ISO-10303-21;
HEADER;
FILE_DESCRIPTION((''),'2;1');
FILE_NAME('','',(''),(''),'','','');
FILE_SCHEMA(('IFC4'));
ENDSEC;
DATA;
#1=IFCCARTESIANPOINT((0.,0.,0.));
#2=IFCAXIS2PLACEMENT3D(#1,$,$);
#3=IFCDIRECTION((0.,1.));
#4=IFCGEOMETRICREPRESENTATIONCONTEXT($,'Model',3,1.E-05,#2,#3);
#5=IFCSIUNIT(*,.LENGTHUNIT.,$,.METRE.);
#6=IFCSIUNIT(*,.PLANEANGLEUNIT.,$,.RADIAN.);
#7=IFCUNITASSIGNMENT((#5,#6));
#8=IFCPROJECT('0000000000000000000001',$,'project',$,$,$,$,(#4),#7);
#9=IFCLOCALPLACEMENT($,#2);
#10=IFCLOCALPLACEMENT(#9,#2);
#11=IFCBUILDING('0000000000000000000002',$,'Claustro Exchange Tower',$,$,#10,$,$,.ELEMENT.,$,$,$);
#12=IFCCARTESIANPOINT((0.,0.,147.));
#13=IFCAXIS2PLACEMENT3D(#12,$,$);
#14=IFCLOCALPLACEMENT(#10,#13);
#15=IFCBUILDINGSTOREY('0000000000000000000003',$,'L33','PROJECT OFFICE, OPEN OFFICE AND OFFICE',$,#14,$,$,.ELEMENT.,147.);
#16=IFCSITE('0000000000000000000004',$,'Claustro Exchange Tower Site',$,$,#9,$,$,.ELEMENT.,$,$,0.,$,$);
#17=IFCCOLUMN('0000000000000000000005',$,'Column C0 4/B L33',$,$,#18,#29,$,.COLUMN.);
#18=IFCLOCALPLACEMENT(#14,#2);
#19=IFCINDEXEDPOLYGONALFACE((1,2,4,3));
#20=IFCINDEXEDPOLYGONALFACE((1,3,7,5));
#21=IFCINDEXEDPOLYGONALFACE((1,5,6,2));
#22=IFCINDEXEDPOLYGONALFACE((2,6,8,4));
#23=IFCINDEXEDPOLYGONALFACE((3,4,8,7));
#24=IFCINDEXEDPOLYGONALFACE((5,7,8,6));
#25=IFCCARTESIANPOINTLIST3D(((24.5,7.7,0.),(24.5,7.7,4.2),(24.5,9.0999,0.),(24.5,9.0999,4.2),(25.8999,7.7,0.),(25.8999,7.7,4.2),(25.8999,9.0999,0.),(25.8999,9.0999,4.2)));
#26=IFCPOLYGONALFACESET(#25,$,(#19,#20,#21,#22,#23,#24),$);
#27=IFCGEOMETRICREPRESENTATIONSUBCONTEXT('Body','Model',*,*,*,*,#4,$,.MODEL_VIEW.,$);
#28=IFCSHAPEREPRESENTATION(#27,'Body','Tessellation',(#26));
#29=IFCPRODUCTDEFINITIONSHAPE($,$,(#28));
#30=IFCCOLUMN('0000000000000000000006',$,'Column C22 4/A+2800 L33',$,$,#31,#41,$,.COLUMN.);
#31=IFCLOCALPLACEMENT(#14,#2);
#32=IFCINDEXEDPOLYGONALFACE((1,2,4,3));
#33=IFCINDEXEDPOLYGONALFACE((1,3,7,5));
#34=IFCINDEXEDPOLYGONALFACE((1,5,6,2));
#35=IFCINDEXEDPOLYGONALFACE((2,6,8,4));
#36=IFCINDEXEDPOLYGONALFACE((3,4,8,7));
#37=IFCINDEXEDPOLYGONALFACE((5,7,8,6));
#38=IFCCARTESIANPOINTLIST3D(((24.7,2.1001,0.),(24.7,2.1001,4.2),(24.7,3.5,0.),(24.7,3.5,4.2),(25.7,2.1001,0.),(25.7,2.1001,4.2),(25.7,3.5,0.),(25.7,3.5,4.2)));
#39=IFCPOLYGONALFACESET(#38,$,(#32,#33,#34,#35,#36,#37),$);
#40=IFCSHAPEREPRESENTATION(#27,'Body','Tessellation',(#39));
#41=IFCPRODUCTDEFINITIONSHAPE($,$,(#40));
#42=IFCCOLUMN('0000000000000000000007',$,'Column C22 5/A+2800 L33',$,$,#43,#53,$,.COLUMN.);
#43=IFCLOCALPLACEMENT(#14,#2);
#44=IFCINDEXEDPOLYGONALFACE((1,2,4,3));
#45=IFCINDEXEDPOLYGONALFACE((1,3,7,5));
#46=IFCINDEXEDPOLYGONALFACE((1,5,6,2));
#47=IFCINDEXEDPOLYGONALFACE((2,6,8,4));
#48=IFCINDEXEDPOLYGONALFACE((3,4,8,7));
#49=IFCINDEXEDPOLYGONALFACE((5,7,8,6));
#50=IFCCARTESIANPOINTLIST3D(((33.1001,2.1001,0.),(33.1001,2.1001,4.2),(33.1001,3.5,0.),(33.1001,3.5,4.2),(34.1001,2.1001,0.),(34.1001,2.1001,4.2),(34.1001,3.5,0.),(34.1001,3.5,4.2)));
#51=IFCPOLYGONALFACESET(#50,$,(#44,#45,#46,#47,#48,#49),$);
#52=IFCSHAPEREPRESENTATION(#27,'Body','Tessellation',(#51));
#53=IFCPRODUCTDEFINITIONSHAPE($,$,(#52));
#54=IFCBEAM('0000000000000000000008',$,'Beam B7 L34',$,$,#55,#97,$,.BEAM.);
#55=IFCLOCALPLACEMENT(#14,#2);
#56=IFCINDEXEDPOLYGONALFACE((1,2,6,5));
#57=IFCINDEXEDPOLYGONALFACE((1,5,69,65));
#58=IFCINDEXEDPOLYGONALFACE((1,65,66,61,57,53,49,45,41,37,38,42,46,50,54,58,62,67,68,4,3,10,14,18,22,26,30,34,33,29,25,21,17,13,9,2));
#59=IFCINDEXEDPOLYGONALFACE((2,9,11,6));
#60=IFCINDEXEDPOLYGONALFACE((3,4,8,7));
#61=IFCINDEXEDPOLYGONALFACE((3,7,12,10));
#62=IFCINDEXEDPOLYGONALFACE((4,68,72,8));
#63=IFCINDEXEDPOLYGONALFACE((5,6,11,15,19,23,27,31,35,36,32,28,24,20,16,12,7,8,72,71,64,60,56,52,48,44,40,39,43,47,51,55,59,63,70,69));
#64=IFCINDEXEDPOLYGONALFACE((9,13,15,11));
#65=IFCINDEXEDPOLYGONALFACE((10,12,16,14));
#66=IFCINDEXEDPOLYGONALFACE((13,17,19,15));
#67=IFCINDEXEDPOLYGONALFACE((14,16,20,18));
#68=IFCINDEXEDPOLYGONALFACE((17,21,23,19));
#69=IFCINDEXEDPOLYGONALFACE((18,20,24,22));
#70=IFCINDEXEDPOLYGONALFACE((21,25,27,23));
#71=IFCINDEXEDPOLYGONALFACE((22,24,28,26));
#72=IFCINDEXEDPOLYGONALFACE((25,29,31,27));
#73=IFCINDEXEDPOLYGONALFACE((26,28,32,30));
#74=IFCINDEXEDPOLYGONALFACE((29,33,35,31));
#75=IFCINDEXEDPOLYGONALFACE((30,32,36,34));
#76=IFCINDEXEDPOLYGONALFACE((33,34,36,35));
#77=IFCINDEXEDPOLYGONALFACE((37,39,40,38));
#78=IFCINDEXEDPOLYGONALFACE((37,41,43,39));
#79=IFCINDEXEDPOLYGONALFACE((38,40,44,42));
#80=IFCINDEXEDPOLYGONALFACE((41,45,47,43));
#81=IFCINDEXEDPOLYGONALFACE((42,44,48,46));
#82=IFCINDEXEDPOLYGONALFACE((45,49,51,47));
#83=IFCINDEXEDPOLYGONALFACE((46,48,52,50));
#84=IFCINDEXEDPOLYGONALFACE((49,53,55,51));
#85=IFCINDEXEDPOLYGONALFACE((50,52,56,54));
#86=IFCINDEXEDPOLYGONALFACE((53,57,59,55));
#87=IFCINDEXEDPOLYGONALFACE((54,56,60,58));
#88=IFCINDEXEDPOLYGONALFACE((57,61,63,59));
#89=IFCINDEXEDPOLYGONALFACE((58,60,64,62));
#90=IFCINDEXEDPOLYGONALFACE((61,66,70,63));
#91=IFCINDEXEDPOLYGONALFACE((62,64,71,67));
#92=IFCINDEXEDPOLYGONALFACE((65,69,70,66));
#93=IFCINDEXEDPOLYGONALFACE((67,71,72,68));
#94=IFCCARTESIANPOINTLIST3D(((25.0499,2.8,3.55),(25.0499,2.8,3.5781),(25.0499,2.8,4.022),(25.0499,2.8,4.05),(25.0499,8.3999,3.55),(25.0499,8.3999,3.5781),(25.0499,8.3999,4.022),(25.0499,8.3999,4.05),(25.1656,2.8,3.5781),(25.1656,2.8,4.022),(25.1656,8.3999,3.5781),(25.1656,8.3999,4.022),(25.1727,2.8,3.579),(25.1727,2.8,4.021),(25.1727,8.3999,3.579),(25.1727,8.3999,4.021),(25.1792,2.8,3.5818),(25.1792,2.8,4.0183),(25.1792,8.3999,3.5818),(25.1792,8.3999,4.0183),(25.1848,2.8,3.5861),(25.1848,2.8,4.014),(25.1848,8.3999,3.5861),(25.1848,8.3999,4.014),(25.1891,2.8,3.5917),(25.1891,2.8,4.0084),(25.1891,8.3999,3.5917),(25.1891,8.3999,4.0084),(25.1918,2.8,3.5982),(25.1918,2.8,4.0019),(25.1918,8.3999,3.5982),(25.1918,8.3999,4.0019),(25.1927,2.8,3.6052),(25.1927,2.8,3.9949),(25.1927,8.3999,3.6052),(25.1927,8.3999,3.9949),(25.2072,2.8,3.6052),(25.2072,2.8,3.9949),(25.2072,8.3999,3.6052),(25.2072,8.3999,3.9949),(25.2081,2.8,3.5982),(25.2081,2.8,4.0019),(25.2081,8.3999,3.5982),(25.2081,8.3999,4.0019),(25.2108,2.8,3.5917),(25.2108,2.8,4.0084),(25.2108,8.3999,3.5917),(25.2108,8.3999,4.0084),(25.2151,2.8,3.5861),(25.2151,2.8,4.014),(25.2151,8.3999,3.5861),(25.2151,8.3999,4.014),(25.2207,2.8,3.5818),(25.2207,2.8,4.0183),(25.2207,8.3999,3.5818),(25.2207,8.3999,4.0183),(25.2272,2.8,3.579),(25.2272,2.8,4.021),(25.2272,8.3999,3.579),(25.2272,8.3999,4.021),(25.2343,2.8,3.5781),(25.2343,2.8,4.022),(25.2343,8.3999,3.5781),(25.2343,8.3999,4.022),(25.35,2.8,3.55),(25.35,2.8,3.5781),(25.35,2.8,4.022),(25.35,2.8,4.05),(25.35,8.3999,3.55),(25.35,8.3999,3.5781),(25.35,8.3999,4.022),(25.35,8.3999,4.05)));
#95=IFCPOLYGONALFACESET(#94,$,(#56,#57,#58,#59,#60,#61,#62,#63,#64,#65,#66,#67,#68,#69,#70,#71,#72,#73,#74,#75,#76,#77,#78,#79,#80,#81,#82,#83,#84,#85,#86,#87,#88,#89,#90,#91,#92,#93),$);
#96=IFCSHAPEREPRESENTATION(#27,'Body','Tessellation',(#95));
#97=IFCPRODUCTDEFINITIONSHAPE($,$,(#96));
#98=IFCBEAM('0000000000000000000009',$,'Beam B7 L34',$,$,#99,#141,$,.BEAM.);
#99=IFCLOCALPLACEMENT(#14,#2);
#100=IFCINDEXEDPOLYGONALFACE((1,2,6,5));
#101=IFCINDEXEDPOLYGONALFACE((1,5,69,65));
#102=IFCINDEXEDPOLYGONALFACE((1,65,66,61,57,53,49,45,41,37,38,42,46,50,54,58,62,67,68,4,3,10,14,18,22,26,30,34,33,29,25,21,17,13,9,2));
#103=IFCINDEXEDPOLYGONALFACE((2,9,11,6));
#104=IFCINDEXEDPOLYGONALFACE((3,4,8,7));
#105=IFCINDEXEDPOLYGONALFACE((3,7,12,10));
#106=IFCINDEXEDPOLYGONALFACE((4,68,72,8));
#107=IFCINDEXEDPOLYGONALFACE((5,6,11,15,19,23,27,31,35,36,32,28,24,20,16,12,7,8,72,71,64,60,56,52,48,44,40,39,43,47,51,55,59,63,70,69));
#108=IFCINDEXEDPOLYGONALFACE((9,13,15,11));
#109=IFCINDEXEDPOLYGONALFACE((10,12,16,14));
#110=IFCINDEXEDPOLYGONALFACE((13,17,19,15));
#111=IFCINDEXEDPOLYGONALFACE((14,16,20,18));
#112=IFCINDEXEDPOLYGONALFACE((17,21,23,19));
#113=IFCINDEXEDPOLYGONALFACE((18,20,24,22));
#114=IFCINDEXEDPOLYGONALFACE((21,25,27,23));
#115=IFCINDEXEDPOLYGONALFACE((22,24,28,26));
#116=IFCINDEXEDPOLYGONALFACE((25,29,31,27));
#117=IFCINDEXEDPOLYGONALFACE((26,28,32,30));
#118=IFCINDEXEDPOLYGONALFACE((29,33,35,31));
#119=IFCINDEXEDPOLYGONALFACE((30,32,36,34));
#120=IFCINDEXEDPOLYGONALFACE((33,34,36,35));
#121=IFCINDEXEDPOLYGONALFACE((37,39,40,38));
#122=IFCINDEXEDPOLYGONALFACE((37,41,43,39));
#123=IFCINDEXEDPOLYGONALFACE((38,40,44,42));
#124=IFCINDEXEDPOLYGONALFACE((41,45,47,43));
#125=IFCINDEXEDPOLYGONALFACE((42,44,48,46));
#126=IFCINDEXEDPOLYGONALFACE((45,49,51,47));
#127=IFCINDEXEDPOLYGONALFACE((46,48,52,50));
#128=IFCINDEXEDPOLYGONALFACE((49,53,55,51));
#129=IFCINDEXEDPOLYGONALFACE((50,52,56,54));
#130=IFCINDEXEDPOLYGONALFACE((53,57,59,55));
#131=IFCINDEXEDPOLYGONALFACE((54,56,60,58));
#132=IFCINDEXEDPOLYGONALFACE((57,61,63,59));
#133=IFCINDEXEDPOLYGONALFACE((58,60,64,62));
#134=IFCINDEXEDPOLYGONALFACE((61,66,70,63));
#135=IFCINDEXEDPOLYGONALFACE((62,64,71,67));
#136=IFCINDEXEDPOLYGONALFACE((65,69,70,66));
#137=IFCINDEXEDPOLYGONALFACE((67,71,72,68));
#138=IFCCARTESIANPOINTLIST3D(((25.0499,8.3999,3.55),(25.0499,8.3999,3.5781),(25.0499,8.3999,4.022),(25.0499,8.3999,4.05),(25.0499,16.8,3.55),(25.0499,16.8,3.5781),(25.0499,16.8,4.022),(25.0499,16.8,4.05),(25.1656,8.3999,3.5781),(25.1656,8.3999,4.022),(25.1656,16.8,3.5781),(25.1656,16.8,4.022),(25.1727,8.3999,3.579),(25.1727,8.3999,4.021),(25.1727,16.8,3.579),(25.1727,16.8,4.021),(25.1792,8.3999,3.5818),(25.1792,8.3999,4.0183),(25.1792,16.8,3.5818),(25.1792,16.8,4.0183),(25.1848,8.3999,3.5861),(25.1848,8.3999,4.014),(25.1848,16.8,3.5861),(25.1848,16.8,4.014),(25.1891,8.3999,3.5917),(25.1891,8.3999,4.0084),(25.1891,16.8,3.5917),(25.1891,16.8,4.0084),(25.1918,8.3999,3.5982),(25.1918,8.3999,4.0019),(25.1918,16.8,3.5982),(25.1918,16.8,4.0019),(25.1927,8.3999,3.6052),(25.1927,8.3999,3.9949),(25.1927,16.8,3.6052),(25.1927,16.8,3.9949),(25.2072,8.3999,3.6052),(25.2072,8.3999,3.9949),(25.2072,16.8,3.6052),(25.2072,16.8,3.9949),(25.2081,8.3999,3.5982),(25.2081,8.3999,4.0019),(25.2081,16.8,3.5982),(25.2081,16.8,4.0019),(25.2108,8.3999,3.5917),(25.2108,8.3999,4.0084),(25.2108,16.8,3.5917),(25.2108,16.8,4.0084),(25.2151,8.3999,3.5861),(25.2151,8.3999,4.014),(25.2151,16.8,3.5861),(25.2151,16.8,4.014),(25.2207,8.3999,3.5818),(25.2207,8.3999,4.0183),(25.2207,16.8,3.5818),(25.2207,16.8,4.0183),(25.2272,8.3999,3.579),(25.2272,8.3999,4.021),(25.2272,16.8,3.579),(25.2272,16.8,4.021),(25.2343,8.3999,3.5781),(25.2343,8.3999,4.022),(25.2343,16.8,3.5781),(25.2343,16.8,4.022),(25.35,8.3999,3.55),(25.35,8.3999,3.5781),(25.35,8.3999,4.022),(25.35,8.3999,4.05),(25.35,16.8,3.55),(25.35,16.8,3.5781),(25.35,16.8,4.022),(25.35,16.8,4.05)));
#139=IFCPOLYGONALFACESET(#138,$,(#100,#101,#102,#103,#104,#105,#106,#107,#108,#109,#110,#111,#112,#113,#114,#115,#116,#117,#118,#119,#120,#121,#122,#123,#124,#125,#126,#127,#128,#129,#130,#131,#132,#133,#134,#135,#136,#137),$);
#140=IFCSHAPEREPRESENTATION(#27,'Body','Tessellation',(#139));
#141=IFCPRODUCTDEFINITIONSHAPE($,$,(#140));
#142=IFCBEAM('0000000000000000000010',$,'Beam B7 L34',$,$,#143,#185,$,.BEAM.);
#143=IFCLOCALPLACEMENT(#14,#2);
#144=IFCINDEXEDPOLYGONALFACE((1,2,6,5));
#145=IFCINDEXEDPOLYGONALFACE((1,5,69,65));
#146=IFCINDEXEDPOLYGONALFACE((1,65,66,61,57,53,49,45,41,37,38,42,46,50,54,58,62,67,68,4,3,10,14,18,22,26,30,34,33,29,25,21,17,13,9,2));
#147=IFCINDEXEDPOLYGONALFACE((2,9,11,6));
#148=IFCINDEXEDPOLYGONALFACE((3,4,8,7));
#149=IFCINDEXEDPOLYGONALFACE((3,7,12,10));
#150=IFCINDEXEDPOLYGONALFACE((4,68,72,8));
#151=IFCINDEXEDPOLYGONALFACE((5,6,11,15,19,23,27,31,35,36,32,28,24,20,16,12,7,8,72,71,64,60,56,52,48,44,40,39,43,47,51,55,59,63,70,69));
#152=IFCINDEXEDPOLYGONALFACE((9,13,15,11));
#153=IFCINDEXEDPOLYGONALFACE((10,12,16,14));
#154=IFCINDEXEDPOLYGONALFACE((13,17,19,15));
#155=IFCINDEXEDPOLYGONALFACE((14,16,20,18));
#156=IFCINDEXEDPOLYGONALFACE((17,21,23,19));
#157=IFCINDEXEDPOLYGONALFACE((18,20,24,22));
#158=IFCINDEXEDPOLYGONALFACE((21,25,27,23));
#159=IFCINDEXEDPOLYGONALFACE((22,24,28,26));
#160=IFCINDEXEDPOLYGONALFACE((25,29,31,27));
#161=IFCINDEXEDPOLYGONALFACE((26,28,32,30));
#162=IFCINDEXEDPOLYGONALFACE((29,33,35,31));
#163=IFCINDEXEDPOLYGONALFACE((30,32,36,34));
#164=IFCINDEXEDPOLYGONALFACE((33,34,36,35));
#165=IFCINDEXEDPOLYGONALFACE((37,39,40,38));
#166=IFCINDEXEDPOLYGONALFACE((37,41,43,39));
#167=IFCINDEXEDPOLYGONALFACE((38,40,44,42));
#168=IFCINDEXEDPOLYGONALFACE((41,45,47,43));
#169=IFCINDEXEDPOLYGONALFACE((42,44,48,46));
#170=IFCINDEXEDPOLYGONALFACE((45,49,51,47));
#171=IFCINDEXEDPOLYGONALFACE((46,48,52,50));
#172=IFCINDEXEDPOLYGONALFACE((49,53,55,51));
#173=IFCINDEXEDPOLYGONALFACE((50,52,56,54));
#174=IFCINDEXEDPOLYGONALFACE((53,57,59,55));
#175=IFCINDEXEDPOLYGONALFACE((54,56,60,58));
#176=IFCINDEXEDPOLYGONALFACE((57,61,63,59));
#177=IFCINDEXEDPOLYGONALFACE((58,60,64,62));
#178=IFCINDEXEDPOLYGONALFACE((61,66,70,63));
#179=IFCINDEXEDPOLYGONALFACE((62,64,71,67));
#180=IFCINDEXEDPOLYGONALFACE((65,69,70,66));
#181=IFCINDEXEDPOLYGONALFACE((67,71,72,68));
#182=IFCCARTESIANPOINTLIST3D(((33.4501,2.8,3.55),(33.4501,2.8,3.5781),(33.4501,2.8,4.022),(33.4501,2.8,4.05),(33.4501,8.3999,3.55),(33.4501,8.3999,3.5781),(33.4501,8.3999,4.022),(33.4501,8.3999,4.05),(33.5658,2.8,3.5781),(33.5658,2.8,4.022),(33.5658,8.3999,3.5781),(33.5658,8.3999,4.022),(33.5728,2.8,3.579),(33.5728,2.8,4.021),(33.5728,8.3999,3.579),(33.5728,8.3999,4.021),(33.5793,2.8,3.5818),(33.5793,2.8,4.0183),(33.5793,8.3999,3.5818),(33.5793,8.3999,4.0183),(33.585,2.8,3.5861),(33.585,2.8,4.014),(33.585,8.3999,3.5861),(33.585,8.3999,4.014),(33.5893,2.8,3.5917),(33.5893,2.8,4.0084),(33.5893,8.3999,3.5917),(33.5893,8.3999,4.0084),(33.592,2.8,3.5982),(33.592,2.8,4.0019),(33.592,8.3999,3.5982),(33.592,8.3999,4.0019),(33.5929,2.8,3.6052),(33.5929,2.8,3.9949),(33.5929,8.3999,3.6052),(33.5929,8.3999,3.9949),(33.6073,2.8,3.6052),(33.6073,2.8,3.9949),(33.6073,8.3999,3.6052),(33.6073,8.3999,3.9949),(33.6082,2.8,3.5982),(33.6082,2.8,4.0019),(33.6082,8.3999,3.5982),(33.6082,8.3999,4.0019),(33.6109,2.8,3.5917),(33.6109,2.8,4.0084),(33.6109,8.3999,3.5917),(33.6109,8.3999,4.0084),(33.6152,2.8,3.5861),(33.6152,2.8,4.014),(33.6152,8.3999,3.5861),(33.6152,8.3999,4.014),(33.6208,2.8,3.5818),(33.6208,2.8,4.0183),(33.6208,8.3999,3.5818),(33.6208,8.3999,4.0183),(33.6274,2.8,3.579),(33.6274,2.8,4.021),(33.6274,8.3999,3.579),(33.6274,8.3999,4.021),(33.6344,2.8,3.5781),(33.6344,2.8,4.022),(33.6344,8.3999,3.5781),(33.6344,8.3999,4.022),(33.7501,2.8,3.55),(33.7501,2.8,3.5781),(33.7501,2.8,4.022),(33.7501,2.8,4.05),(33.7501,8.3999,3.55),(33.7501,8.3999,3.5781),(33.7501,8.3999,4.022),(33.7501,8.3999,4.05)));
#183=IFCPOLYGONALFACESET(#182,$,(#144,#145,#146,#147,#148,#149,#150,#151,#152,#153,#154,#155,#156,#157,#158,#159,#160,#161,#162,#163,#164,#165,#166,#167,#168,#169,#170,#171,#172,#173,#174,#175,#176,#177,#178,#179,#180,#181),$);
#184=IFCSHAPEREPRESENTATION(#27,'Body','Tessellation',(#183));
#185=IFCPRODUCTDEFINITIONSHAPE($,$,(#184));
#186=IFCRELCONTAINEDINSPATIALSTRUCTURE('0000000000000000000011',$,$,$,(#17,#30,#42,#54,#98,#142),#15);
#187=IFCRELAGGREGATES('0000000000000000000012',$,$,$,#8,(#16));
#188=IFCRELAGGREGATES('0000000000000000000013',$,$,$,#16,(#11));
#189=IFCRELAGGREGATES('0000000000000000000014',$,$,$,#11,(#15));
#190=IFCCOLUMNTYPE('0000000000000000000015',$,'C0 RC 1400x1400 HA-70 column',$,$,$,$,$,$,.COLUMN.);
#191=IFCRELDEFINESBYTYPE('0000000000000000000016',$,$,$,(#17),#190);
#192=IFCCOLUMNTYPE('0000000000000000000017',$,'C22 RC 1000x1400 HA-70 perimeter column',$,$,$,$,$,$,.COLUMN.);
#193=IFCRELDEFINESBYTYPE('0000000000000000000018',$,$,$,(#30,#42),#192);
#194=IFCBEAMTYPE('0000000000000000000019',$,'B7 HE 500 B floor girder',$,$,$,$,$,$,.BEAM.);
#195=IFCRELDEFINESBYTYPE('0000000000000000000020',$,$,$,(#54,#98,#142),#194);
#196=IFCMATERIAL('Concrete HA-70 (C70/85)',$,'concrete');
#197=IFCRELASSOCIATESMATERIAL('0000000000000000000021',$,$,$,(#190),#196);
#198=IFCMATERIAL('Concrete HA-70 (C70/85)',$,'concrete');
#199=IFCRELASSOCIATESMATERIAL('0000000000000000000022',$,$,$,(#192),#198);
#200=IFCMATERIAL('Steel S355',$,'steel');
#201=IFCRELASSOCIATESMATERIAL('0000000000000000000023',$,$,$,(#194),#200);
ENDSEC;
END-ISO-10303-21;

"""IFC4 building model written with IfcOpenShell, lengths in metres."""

from ifc_helpers import new_model, si_unit, direction, frame, origin, origin_2d, place, context, subcontext, project, spatial, rectangle, i_section, extrude, material, material_profile, profile_set, type_object, element, save


model = new_model("IFC4")

# Units and contexts
model_context = context("Model", 3, precision=1e-05, world=origin(), true_north=direction((0.0, 1.0)))
body_context = subcontext(model_context, "Body", "Model", "MODEL_VIEW")
ifc_project = project(units=[si_unit("LENGTHUNIT", "METRE"), si_unit("PLANEANGLEUNIT", "RADIAN")], contexts=[model_context])

# Site, building, storey
site_placement = place(None, origin())
site = spatial("IfcSite", under=ifc_project, at=site_placement, Name="Claustro Exchange Tower Site", CompositionType="ELEMENT", RefElevation=0.0)
building_placement = place(site_placement, origin())
building = spatial("IfcBuilding", under=site, at=building_placement, Name="Claustro Exchange Tower", CompositionType="ELEMENT")
storey_placement = place(building_placement, frame((0.0, 0.0, 147.0)))
storey = spatial("IfcBuildingStorey", under=building, at=storey_placement, Name="L33", Description="PROJECT OFFICE, OPEN OFFICE AND OFFICE", CompositionType="ELEMENT", Elevation=147.0)

# Columns
ifc_material_1 = material(Name="Concrete HA-70 (C70/85)", Category="concrete")
ifc_material_profile_1 = material_profile(ifc_material_1, rectangle(XDim=1.3999, YDim=1.3999, at=origin_2d()), Name="RC 1400x1400")
ifc_profile_set_1 = profile_set([ifc_material_profile_1], Name="Concrete HA-70 (C70/85)")
column_type_1 = type_object("IfcColumnType", Name="C0 RC 1400x1400 HA-70 column", PredefinedType="COLUMN", material=ifc_profile_set_1)
column_placement = place(storey_placement, frame((25.2, 8.3999, 0.0), z_axis=(0.0, 0.0, 1.0), x_axis=(1.0, 0.0, 0.0)))
element("IfcColumn", 1, at=column_placement, inside=storey, type_object=column_type_1, Name="Column C0 4/B L33", PredefinedType="COLUMN", context=body_context, shape_type="SweptSolid", body=[
    extrude(rectangle(XDim=1.3999, YDim=1.3999, at=origin_2d()), origin(), (0.0, 0.0, 1.0), 4.2),
])
ifc_material_2 = material(Name="Concrete HA-70 (C70/85)", Category="concrete")
ifc_material_profile_2 = material_profile(ifc_material_2, rectangle(XDim=1.0, YDim=1.3999, at=origin_2d()), Name="RC 1000x1400")
ifc_profile_set_2 = profile_set([ifc_material_profile_2], Name="Concrete HA-70 (C70/85)")
column_type_2 = type_object("IfcColumnType", Name="C22 RC 1000x1400 HA-70 perimeter column", PredefinedType="COLUMN", material=ifc_profile_set_2)
for number, where, z_axis, x_axis, name in (
    (2, (25.2, 2.8, 0.0), (0.0, 0.0, 1.0), (1.0, 0.0, 0.0), "Column C22 4/A+2800 L33"),
    (3, (33.6001, 2.8, 0.0), (0.0, 0.0, 1.0), (1.0, 0.0, 0.0), "Column C22 5/A+2800 L33"),
):
    element("IfcColumn", number, at=place(storey_placement, frame(where, z_axis=z_axis, x_axis=x_axis)), inside=storey, type_object=column_type_2, Name=name, PredefinedType="COLUMN", context=body_context, shape_type="SweptSolid", body=[
        extrude(rectangle(XDim=1.0, YDim=1.3999, at=origin_2d()), origin(), (0.0, 0.0, 1.0), 4.2),
    ])

# Beams
ifc_material_3 = material(Name="Steel S355", Category="steel")
ifc_material_profile_3 = material_profile(ifc_material_3, i_section(OverallWidth=0.3, OverallDepth=0.5, WebThickness=0.0144, FlangeThickness=0.0281, FilletRadius=0.0271, at=origin_2d()), Name="HE 500 B")
ifc_profile_set_3 = profile_set([ifc_material_profile_3], Name="Steel S355")
beam_type_1 = type_object("IfcBeamType", Name="B7 HE 500 B floor girder", PredefinedType="BEAM", material=ifc_profile_set_3)
beam_1_placement = place(storey_placement, frame((25.2, 2.8, 3.8), z_axis=(0.0, 1.0, 0.0), x_axis=(-1.0, 0.0, 0.0)))
element("IfcBeam", 4, at=beam_1_placement, inside=storey, type_object=beam_type_1, Name="Beam B7 L34", PredefinedType="BEAM", context=body_context, shape_type="SweptSolid", body=[
    extrude(i_section(OverallWidth=0.3, OverallDepth=0.5, WebThickness=0.0144, FlangeThickness=0.0281, FilletRadius=0.0271, at=origin_2d()), origin(), (0.0, 0.0, 1.0), 5.5999),
])
beam_2_placement = place(storey_placement, frame((25.2, 8.3999, 3.8), z_axis=(0.0, 1.0, 0.0), x_axis=(-1.0, 0.0, 0.0)))
element("IfcBeam", 5, at=beam_2_placement, inside=storey, type_object=beam_type_1, Name="Beam B7 L34", PredefinedType="BEAM", context=body_context, shape_type="SweptSolid", body=[
    extrude(i_section(OverallWidth=0.3, OverallDepth=0.5, WebThickness=0.0144, FlangeThickness=0.0281, FilletRadius=0.0271, at=origin_2d()), origin(), (0.0, 0.0, 1.0), 8.4001),
])
beam_3_placement = place(storey_placement, frame((33.6001, 2.8, 3.8), z_axis=(0.0, 1.0, 0.0), x_axis=(-1.0, 0.0, 0.0)))
element("IfcBeam", 6, at=beam_3_placement, inside=storey, type_object=beam_type_1, Name="Beam B7 L34", PredefinedType="BEAM", context=body_context, shape_type="SweptSolid", body=[
    extrude(i_section(OverallWidth=0.3, OverallDepth=0.5, WebThickness=0.0144, FlangeThickness=0.0281, FilletRadius=0.0271, at=origin_2d()), origin(), (0.0, 0.0, 1.0), 5.5999),
])

save(model, "model.ifc")
